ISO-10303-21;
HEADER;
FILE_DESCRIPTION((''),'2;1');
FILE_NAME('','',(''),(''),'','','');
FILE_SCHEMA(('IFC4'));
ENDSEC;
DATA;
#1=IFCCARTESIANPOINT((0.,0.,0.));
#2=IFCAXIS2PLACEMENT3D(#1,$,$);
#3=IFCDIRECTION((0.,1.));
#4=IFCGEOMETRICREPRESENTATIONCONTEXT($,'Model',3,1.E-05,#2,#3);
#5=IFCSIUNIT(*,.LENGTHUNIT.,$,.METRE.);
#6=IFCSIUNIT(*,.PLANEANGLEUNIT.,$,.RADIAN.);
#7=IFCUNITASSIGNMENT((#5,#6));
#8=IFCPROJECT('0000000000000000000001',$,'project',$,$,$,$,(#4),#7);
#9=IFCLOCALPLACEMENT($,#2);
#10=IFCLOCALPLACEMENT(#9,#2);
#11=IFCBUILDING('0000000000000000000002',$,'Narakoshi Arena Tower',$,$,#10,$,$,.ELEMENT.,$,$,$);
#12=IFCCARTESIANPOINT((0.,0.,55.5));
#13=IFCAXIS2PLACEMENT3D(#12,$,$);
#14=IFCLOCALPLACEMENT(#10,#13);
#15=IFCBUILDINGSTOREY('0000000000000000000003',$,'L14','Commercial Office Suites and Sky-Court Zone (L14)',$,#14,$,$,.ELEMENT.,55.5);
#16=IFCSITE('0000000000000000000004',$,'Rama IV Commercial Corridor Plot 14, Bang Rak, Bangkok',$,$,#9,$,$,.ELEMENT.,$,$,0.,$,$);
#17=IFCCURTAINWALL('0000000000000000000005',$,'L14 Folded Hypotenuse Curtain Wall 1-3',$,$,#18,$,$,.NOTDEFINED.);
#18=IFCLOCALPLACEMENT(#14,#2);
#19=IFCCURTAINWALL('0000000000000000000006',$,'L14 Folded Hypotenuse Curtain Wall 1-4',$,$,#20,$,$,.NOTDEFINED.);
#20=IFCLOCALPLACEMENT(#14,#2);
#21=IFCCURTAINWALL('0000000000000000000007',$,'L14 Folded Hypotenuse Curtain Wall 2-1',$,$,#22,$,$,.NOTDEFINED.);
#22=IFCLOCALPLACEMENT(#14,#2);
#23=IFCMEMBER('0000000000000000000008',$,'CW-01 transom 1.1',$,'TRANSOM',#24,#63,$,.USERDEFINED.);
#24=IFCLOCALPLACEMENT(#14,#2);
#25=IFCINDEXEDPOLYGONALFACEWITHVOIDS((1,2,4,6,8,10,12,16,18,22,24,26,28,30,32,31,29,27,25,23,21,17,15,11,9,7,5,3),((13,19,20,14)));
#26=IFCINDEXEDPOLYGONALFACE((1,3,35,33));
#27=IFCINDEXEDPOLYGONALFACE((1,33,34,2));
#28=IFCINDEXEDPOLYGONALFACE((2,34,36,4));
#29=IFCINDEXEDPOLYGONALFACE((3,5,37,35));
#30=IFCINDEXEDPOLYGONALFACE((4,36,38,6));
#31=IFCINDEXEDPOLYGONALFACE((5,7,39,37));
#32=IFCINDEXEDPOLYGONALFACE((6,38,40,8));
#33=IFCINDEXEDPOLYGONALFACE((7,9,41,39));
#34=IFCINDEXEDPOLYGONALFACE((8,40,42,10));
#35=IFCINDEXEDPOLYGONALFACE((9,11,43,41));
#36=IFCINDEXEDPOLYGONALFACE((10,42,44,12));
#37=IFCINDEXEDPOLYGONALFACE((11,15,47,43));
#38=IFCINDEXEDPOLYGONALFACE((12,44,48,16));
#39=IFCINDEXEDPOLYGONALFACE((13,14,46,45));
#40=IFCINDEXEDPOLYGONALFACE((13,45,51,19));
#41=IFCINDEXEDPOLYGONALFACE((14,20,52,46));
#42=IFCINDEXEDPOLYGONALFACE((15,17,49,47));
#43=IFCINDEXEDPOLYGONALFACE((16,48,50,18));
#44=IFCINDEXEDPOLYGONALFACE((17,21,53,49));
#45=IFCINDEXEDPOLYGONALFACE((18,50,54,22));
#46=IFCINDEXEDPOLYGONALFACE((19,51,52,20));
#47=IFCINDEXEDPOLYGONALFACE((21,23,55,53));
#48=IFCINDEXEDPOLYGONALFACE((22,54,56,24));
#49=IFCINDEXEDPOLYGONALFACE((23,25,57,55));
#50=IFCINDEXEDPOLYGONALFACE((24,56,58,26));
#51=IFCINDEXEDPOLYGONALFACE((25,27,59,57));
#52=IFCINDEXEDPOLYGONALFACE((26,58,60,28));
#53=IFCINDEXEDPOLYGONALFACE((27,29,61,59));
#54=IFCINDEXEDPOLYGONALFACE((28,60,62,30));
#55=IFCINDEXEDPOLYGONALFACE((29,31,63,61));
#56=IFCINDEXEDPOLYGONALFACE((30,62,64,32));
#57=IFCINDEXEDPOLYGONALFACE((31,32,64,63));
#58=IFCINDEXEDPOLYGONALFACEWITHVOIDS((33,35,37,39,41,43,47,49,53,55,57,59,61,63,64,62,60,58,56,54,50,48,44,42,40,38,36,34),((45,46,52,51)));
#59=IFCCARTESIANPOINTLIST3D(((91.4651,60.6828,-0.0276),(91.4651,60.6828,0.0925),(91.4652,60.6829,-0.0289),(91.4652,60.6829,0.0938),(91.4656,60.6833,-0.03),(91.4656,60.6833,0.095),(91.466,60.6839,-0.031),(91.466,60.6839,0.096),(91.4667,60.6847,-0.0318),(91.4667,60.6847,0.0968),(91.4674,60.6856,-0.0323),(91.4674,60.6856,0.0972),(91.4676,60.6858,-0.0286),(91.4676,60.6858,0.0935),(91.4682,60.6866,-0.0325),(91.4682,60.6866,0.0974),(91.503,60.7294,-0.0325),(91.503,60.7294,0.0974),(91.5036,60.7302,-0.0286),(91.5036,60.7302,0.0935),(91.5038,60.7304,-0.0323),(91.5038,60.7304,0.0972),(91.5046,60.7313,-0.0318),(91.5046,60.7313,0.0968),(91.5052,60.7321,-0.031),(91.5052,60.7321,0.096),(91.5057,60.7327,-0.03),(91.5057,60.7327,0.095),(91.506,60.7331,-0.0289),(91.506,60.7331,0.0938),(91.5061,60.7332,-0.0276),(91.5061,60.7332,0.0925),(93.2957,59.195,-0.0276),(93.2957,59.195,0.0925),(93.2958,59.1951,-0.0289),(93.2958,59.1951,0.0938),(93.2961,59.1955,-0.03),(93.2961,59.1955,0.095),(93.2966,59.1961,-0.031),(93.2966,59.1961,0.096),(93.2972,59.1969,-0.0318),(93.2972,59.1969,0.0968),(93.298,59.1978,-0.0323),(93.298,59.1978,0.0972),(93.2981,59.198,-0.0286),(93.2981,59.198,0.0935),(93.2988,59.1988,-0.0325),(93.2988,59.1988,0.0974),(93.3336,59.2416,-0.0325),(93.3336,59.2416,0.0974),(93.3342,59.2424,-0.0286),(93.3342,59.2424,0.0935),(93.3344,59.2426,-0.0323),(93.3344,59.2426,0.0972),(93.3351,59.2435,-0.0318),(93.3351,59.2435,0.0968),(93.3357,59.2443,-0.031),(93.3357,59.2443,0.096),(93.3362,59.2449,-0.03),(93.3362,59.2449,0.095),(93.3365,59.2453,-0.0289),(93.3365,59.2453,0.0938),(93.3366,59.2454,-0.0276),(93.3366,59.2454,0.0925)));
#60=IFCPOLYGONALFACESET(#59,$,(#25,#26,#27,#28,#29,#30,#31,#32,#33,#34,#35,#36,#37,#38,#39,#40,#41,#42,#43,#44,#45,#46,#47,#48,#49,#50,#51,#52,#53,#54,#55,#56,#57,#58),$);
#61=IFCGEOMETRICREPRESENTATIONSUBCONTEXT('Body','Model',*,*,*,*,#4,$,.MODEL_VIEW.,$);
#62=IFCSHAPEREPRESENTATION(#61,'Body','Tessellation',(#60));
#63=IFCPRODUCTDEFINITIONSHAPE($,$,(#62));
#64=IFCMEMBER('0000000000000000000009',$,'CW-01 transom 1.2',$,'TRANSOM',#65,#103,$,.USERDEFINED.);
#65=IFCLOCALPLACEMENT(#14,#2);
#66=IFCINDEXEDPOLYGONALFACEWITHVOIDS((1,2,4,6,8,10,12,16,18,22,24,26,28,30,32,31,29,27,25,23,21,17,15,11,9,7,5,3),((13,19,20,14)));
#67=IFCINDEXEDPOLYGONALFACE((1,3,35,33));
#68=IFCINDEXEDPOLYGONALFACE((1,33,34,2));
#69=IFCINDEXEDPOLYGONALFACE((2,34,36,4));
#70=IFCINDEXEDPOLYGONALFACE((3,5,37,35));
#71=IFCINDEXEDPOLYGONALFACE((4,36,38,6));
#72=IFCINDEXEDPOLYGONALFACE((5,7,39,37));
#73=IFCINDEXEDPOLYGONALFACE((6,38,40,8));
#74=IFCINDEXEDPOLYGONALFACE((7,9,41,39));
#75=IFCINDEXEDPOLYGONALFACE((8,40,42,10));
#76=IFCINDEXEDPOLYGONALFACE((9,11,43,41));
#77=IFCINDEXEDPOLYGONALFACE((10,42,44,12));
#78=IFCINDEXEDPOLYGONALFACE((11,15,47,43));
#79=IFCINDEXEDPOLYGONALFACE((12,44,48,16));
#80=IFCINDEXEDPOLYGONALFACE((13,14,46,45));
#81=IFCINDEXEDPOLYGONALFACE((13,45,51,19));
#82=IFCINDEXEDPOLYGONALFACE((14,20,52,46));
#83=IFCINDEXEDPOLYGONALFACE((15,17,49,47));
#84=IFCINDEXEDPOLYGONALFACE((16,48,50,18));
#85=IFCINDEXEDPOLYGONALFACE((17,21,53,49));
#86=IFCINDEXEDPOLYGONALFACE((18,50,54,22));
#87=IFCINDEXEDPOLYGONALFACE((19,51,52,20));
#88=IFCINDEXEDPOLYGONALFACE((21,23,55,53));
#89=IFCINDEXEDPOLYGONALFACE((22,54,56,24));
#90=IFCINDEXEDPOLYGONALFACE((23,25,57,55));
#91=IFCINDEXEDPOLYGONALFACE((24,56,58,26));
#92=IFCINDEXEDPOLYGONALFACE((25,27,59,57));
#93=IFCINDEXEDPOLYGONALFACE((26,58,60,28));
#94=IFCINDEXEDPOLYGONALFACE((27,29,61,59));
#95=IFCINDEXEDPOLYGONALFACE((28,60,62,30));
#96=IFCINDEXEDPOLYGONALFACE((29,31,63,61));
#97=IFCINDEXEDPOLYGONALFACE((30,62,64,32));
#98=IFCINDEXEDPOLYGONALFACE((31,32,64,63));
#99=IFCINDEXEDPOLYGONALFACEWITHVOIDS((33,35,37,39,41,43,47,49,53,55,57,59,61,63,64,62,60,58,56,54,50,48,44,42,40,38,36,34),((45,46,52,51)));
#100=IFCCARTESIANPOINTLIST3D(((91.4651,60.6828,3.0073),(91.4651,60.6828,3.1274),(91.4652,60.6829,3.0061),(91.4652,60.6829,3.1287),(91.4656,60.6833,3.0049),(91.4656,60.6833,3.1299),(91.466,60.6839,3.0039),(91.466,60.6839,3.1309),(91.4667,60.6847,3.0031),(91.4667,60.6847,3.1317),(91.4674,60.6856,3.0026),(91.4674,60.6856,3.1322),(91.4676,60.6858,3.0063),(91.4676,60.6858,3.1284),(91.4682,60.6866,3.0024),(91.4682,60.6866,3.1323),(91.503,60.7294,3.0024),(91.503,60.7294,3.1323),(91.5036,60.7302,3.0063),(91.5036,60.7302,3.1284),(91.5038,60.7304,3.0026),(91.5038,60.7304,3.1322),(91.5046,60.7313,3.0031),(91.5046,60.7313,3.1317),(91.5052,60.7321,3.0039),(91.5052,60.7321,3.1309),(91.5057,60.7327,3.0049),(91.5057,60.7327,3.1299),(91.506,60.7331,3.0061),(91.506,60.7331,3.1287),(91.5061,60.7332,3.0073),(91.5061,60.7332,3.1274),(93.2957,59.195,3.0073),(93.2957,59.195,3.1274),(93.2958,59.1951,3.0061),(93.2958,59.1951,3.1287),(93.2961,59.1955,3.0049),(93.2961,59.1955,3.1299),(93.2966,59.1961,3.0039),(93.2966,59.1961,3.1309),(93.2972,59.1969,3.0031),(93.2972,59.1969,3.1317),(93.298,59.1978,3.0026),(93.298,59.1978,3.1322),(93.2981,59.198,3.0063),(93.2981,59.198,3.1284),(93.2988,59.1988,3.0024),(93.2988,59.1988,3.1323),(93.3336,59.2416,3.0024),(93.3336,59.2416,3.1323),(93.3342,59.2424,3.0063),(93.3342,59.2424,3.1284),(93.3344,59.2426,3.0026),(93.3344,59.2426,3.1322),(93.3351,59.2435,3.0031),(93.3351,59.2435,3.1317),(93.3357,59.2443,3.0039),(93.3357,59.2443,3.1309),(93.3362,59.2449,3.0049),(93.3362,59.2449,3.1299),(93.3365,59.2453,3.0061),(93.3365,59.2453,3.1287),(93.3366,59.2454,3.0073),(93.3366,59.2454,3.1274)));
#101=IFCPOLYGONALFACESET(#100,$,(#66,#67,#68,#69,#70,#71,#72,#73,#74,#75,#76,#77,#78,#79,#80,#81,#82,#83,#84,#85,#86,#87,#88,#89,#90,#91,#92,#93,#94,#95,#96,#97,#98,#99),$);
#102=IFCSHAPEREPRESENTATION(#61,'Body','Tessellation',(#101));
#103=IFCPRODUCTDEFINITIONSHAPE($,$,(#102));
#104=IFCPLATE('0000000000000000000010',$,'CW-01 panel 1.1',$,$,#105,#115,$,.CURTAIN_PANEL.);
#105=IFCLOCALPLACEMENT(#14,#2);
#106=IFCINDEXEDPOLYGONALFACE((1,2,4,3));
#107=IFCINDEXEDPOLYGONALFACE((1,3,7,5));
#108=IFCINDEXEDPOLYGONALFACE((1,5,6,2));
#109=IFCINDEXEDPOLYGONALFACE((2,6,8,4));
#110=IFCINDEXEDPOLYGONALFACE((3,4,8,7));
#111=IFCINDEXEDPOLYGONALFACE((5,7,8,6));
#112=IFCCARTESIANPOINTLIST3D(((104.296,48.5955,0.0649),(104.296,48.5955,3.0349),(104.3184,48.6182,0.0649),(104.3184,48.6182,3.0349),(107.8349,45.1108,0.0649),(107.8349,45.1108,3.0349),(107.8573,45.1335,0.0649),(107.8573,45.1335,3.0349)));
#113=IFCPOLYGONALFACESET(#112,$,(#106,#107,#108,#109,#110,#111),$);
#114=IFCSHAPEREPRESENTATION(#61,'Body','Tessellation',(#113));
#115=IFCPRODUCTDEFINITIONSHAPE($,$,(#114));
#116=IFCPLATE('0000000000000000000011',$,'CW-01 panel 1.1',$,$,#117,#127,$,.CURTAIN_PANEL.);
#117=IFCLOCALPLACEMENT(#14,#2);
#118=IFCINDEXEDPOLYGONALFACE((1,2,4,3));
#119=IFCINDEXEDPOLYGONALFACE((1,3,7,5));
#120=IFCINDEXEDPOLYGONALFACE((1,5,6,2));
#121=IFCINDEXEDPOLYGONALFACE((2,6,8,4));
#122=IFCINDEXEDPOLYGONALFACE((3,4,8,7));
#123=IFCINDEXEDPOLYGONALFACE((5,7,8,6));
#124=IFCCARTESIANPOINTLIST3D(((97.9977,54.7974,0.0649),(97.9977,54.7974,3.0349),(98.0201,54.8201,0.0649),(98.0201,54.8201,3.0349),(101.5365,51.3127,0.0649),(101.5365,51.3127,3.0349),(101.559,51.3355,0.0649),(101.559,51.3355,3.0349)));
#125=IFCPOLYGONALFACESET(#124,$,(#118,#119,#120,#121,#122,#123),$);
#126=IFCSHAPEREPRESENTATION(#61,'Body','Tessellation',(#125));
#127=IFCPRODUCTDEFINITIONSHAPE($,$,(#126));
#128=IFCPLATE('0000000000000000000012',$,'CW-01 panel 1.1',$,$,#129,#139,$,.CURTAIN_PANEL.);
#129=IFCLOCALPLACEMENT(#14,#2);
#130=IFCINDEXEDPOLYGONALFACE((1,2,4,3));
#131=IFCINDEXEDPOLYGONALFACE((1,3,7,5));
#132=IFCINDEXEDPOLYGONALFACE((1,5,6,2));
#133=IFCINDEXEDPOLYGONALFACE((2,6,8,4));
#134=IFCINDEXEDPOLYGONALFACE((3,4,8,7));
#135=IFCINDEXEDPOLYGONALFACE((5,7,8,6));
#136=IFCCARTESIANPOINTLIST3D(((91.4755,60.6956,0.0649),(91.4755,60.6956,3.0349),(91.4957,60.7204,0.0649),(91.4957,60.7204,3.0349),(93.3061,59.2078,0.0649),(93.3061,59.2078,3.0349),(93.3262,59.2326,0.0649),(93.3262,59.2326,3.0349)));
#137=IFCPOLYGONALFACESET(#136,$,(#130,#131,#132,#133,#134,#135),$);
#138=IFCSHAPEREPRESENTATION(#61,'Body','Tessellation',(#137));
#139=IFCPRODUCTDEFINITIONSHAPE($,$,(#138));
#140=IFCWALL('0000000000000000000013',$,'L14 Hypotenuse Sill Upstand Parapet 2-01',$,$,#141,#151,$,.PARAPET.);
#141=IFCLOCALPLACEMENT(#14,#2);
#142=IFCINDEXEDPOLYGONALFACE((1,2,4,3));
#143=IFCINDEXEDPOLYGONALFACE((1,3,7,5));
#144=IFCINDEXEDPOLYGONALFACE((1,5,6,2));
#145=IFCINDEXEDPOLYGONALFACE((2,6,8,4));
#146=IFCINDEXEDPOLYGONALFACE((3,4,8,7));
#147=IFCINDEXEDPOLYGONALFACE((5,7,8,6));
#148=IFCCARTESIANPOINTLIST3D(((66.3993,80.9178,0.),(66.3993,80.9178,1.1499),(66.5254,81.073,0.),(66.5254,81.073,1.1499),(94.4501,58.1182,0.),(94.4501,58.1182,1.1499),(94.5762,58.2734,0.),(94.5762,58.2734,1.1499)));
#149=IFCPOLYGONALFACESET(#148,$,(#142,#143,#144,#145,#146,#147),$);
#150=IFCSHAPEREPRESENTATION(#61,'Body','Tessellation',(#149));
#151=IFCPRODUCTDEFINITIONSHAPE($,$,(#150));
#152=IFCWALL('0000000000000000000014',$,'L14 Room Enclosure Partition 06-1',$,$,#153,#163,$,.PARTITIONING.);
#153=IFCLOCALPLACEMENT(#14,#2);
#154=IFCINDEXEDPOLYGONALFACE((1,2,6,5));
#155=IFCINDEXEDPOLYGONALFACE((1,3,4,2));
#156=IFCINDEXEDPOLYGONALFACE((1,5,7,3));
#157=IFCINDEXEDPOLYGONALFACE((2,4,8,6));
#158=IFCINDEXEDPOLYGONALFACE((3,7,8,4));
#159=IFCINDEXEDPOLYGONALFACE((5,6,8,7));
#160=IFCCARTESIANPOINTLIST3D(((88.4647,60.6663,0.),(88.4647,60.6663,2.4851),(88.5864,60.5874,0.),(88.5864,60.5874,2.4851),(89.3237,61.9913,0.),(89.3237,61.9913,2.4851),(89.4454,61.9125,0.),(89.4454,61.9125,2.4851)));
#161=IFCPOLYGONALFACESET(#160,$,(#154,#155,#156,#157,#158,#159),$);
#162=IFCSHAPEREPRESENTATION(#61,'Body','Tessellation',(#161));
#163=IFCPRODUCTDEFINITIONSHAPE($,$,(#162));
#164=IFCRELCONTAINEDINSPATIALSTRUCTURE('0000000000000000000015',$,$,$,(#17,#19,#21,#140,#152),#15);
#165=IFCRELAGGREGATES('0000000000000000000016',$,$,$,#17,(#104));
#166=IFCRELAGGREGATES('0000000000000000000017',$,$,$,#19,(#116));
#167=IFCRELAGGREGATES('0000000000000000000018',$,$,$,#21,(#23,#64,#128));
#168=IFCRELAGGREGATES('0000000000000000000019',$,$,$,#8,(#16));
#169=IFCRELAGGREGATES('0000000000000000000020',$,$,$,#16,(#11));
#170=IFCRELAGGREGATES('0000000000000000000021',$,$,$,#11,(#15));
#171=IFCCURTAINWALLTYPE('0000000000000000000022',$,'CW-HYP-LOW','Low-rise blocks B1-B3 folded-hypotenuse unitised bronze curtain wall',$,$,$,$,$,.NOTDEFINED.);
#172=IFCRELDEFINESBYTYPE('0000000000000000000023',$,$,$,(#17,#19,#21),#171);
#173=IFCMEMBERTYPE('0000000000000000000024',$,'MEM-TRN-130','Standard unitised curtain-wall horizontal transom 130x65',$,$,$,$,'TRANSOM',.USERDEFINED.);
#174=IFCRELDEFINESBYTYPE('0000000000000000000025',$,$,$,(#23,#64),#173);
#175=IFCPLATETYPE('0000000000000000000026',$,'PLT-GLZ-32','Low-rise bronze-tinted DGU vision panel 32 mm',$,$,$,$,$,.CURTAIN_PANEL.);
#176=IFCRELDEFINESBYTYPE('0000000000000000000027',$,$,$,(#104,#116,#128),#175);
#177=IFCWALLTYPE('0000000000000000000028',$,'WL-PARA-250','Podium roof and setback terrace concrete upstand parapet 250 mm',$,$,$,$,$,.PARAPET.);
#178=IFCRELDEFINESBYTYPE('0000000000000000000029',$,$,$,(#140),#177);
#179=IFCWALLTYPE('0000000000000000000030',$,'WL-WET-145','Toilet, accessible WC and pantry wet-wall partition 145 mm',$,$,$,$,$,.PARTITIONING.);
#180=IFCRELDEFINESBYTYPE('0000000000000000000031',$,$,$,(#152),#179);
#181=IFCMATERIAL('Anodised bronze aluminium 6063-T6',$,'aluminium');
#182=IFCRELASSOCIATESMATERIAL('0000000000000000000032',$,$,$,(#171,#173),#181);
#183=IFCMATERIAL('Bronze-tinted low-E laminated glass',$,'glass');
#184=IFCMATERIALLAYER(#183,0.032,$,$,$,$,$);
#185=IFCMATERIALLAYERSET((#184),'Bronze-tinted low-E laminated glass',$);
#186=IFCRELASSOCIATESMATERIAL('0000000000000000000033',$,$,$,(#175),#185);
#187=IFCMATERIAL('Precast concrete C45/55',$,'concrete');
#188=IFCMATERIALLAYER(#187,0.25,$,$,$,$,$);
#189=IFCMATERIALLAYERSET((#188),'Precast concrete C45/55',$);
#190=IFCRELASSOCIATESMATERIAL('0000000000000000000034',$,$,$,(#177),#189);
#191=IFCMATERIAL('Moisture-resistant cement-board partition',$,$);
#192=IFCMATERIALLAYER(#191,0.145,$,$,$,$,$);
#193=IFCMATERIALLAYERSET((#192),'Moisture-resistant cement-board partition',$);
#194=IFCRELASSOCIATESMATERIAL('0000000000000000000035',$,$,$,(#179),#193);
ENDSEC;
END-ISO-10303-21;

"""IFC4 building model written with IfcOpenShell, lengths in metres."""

from ifc_helpers import new_model, si_unit, direction, frame, frame_2d, origin, origin_2d, place, context, subcontext, project, spatial, rectangle, hollow_rectangle, extrude, material, layer, layer_set, material_profile, profile_set, type_object, element, aggregate, save


model = new_model("IFC4")

# Units and contexts
model_context = context("Model", 3, precision=1e-05, world=origin(), true_north=direction((0.0, 1.0)))
body_context = subcontext(model_context, "Body", "Model", "MODEL_VIEW")
ifc_project = project(units=[si_unit("LENGTHUNIT", "METRE"), si_unit("PLANEANGLEUNIT", "RADIAN")], contexts=[model_context])

# Site, building, storey
site_placement = place(None, origin())
site = spatial("IfcSite", under=ifc_project, at=site_placement, Name="Rama IV Commercial Corridor Plot 14, Bang Rak, Bangkok", CompositionType="ELEMENT", RefElevation=0.0)
building_placement = place(site_placement, origin())
building = spatial("IfcBuilding", under=site, at=building_placement, Name="Narakoshi Arena Tower", CompositionType="ELEMENT")
storey_placement = place(building_placement, frame((0.0, 0.0, 55.5)))
storey = spatial("IfcBuildingStorey", under=building, at=storey_placement, Name="L14", Description="Commercial Office Suites and Sky-Court Zone (L14)", CompositionType="ELEMENT", Elevation=55.5)

# Curtain wall
ifc_material_1 = material(Name="Anodised bronze aluminium 6063-T6", Category="aluminium")
curtain_wall_type = type_object("IfcCurtainWallType", Name="CW-HYP-LOW", Description="Low-rise blocks B1-B3 folded-hypotenuse unitised bronze curtain wall", PredefinedType="NOTDEFINED", material=ifc_material_1)
curtain_wall_1_placement = place(storey_placement, origin())
curtain_wall_1 = element("IfcCurtainWall", 1, at=curtain_wall_1_placement, inside=storey, type_object=curtain_wall_type, Name="L14 Folded Hypotenuse Curtain Wall 1-3", PredefinedType="NOTDEFINED")

# Curtain walls
curtain_wall_2_placement = place(storey_placement, origin())
curtain_wall_2 = element("IfcCurtainWall", 2, at=curtain_wall_2_placement, inside=storey, type_object=curtain_wall_type, Name="L14 Folded Hypotenuse Curtain Wall 1-4", PredefinedType="NOTDEFINED")
curtain_wall_3_placement = place(storey_placement, origin())
curtain_wall_3 = element("IfcCurtainWall", 3, at=curtain_wall_3_placement, inside=storey, type_object=curtain_wall_type, Name="L14 Folded Hypotenuse Curtain Wall 2-1", PredefinedType="NOTDEFINED")

# Members
ifc_material_profile_1 = material_profile(ifc_material_1, hollow_rectangle(XDim=0.0649, YDim=0.1299, WallThickness=0.0039, OuterFilletRadius=0.0049, at=origin_2d()), Name="TRN130x65x4")
ifc_profile_set_1 = profile_set([ifc_material_profile_1], Name="Anodised bronze aluminium 6063-T6")
member_type_1 = type_object("IfcMemberType", Name="MEM-TRN-130", Description="Standard unitised curtain-wall horizontal transom 130x65", ElementType="TRANSOM", PredefinedType="USERDEFINED", material=ifc_profile_set_1)
member_1_placement = place(storey_placement, frame((93.3162, 59.2202, 0.0325), z_axis=(-0.776019, 0.63071, 0.0), x_axis=(-0.63071, -0.776019, 0.0)))
member_1 = element("IfcMember", 4, at=member_1_placement, type_object=member_type_1, Name="CW-01 transom 1.1", ObjectType="TRANSOM", PredefinedType="USERDEFINED", context=body_context, shape_type="SweptSolid", body=[
    extrude(hollow_rectangle(XDim=0.0649, YDim=0.1299, WallThickness=0.0039, OuterFilletRadius=0.0049, at=origin_2d()), origin(), (0.0, 0.0, 1.0), 2.3589),
])
member_2_placement = place(storey_placement, frame((93.3162, 59.2202, 3.0674), z_axis=(-0.776019, 0.63071, 0.0), x_axis=(-0.63071, -0.776019, 0.0)))
member_2 = element("IfcMember", 5, at=member_2_placement, type_object=member_type_1, Name="CW-01 transom 1.2", ObjectType="TRANSOM", PredefinedType="USERDEFINED", context=body_context, shape_type="SweptSolid", body=[
    extrude(hollow_rectangle(XDim=0.0649, YDim=0.1299, WallThickness=0.0039, OuterFilletRadius=0.0049, at=origin_2d()), origin(), (0.0, 0.0, 1.0), 2.3589),
])

# Plates
ifc_material_2 = material(Name="Bronze-tinted low-E laminated glass", Category="glass")
ifc_layer_1 = layer(ifc_material_2, 0.032)
ifc_layer_set_1 = layer_set([ifc_layer_1], Name="Bronze-tinted low-E laminated glass")
plate_type = type_object("IfcPlateType", Name="PLT-GLZ-32", Description="Low-rise bronze-tinted DGU vision panel 32 mm", PredefinedType="CURTAIN_PANEL", material=ifc_layer_set_1)
plate_1_placement = place(storey_placement, frame((106.0767, 46.8645, 0.0649), z_axis=(0.0, 0.0, 1.0), x_axis=(-0.712539, 0.701633, 0.0)))
plate_1 = element("IfcPlate", 6, at=plate_1_placement, type_object=plate_type, Name="CW-01 panel 1.1", PredefinedType="CURTAIN_PANEL", context=body_context, shape_type="SweptSolid", body=[
    extrude(rectangle(XDim=4.9666, YDim=0.032, at=origin_2d()), origin(), (0.0, 0.0, 1.0), 2.97),
])
aggregate(curtain_wall_1, [plate_1])
plate_2_placement = place(storey_placement, frame((99.7783, 53.0664, 0.0649), z_axis=(0.0, 0.0, 1.0), x_axis=(-0.712539, 0.701633, 0.0)))
plate_2 = element("IfcPlate", 7, at=plate_2_placement, type_object=plate_type, Name="CW-01 panel 1.1", PredefinedType="CURTAIN_PANEL", context=body_context, shape_type="SweptSolid", body=[
    extrude(rectangle(XDim=4.9666, YDim=0.032, at=origin_2d()), origin(), (0.0, 0.0, 1.0), 2.97),
])
aggregate(curtain_wall_2, [plate_2])
plate_3_placement = place(storey_placement, frame((92.4009, 59.9641, 0.0649), z_axis=(0.0, 0.0, 1.0), x_axis=(-0.776008, 0.630723, 0.0)))
plate_3 = element("IfcPlate", 8, at=plate_3_placement, type_object=plate_type, Name="CW-01 panel 1.1", PredefinedType="CURTAIN_PANEL", context=body_context, shape_type="SweptSolid", body=[
    extrude(rectangle(XDim=2.3589, YDim=0.032, at=origin_2d()), origin(), (0.0, 0.0, 1.0), 2.97),
])
aggregate(curtain_wall_3, [member_1, member_2, plate_3])

# Walls
ifc_material_3 = material(Name="Precast concrete C45/55", Category="concrete")
ifc_layer_2 = layer(ifc_material_3, 0.25)
ifc_layer_set_2 = layer_set([ifc_layer_2], Name="Precast concrete C45/55")
wall_type_1 = type_object("IfcWallType", Name="WL-PARA-250", Description="Podium roof and setback terrace concrete upstand parapet 250 mm", PredefinedType="PARAPET", material=ifc_layer_set_2)
wall_1_placement = place(storey_placement, frame((94.5132, 58.1958, 0.0), z_axis=(0.0, 0.0, 1.0), x_axis=(-0.776002, 0.630731, 0.0)))
element("IfcWall", 9, at=wall_1_placement, inside=storey, type_object=wall_type_1, Name="L14 Hypotenuse Sill Upstand Parapet 2-01", PredefinedType="PARAPET", context=body_context, shape_type="SweptSolid", body=[
    extrude(rectangle(XDim=36.1479, YDim=0.2, at=frame_2d((18.074, 0.0))), origin(), (0.0, 0.0, 1.0), 1.1499),
])
ifc_material_4 = material(Name="Moisture-resistant cement-board partition")
ifc_layer_3 = layer(ifc_material_4, 0.145)
ifc_layer_set_3 = layer_set([ifc_layer_3], Name="Moisture-resistant cement-board partition")
wall_type_2 = type_object("IfcWallType", Name="WL-WET-145", Description="Toilet, accessible WC and pantry wet-wall partition 145 mm", PredefinedType="PARTITIONING", material=ifc_layer_set_3)
wall_2_placement = place(storey_placement, frame((89.3845, 61.9519, 0.0), z_axis=(0.0, 0.0, 1.0), x_axis=(-0.54395, -0.839118, 0.0)))
element("IfcWall", 10, at=wall_2_placement, inside=storey, type_object=wall_type_2, Name="L14 Room Enclosure Partition 06-1", PredefinedType="PARTITIONING", context=body_context, shape_type="SweptSolid", body=[
    extrude(rectangle(XDim=1.5791, YDim=0.145, at=frame_2d((0.7896, 0.0))), origin(), (0.0, 0.0, 1.0), 2.4851),
])

save(model, "model.ifc")
